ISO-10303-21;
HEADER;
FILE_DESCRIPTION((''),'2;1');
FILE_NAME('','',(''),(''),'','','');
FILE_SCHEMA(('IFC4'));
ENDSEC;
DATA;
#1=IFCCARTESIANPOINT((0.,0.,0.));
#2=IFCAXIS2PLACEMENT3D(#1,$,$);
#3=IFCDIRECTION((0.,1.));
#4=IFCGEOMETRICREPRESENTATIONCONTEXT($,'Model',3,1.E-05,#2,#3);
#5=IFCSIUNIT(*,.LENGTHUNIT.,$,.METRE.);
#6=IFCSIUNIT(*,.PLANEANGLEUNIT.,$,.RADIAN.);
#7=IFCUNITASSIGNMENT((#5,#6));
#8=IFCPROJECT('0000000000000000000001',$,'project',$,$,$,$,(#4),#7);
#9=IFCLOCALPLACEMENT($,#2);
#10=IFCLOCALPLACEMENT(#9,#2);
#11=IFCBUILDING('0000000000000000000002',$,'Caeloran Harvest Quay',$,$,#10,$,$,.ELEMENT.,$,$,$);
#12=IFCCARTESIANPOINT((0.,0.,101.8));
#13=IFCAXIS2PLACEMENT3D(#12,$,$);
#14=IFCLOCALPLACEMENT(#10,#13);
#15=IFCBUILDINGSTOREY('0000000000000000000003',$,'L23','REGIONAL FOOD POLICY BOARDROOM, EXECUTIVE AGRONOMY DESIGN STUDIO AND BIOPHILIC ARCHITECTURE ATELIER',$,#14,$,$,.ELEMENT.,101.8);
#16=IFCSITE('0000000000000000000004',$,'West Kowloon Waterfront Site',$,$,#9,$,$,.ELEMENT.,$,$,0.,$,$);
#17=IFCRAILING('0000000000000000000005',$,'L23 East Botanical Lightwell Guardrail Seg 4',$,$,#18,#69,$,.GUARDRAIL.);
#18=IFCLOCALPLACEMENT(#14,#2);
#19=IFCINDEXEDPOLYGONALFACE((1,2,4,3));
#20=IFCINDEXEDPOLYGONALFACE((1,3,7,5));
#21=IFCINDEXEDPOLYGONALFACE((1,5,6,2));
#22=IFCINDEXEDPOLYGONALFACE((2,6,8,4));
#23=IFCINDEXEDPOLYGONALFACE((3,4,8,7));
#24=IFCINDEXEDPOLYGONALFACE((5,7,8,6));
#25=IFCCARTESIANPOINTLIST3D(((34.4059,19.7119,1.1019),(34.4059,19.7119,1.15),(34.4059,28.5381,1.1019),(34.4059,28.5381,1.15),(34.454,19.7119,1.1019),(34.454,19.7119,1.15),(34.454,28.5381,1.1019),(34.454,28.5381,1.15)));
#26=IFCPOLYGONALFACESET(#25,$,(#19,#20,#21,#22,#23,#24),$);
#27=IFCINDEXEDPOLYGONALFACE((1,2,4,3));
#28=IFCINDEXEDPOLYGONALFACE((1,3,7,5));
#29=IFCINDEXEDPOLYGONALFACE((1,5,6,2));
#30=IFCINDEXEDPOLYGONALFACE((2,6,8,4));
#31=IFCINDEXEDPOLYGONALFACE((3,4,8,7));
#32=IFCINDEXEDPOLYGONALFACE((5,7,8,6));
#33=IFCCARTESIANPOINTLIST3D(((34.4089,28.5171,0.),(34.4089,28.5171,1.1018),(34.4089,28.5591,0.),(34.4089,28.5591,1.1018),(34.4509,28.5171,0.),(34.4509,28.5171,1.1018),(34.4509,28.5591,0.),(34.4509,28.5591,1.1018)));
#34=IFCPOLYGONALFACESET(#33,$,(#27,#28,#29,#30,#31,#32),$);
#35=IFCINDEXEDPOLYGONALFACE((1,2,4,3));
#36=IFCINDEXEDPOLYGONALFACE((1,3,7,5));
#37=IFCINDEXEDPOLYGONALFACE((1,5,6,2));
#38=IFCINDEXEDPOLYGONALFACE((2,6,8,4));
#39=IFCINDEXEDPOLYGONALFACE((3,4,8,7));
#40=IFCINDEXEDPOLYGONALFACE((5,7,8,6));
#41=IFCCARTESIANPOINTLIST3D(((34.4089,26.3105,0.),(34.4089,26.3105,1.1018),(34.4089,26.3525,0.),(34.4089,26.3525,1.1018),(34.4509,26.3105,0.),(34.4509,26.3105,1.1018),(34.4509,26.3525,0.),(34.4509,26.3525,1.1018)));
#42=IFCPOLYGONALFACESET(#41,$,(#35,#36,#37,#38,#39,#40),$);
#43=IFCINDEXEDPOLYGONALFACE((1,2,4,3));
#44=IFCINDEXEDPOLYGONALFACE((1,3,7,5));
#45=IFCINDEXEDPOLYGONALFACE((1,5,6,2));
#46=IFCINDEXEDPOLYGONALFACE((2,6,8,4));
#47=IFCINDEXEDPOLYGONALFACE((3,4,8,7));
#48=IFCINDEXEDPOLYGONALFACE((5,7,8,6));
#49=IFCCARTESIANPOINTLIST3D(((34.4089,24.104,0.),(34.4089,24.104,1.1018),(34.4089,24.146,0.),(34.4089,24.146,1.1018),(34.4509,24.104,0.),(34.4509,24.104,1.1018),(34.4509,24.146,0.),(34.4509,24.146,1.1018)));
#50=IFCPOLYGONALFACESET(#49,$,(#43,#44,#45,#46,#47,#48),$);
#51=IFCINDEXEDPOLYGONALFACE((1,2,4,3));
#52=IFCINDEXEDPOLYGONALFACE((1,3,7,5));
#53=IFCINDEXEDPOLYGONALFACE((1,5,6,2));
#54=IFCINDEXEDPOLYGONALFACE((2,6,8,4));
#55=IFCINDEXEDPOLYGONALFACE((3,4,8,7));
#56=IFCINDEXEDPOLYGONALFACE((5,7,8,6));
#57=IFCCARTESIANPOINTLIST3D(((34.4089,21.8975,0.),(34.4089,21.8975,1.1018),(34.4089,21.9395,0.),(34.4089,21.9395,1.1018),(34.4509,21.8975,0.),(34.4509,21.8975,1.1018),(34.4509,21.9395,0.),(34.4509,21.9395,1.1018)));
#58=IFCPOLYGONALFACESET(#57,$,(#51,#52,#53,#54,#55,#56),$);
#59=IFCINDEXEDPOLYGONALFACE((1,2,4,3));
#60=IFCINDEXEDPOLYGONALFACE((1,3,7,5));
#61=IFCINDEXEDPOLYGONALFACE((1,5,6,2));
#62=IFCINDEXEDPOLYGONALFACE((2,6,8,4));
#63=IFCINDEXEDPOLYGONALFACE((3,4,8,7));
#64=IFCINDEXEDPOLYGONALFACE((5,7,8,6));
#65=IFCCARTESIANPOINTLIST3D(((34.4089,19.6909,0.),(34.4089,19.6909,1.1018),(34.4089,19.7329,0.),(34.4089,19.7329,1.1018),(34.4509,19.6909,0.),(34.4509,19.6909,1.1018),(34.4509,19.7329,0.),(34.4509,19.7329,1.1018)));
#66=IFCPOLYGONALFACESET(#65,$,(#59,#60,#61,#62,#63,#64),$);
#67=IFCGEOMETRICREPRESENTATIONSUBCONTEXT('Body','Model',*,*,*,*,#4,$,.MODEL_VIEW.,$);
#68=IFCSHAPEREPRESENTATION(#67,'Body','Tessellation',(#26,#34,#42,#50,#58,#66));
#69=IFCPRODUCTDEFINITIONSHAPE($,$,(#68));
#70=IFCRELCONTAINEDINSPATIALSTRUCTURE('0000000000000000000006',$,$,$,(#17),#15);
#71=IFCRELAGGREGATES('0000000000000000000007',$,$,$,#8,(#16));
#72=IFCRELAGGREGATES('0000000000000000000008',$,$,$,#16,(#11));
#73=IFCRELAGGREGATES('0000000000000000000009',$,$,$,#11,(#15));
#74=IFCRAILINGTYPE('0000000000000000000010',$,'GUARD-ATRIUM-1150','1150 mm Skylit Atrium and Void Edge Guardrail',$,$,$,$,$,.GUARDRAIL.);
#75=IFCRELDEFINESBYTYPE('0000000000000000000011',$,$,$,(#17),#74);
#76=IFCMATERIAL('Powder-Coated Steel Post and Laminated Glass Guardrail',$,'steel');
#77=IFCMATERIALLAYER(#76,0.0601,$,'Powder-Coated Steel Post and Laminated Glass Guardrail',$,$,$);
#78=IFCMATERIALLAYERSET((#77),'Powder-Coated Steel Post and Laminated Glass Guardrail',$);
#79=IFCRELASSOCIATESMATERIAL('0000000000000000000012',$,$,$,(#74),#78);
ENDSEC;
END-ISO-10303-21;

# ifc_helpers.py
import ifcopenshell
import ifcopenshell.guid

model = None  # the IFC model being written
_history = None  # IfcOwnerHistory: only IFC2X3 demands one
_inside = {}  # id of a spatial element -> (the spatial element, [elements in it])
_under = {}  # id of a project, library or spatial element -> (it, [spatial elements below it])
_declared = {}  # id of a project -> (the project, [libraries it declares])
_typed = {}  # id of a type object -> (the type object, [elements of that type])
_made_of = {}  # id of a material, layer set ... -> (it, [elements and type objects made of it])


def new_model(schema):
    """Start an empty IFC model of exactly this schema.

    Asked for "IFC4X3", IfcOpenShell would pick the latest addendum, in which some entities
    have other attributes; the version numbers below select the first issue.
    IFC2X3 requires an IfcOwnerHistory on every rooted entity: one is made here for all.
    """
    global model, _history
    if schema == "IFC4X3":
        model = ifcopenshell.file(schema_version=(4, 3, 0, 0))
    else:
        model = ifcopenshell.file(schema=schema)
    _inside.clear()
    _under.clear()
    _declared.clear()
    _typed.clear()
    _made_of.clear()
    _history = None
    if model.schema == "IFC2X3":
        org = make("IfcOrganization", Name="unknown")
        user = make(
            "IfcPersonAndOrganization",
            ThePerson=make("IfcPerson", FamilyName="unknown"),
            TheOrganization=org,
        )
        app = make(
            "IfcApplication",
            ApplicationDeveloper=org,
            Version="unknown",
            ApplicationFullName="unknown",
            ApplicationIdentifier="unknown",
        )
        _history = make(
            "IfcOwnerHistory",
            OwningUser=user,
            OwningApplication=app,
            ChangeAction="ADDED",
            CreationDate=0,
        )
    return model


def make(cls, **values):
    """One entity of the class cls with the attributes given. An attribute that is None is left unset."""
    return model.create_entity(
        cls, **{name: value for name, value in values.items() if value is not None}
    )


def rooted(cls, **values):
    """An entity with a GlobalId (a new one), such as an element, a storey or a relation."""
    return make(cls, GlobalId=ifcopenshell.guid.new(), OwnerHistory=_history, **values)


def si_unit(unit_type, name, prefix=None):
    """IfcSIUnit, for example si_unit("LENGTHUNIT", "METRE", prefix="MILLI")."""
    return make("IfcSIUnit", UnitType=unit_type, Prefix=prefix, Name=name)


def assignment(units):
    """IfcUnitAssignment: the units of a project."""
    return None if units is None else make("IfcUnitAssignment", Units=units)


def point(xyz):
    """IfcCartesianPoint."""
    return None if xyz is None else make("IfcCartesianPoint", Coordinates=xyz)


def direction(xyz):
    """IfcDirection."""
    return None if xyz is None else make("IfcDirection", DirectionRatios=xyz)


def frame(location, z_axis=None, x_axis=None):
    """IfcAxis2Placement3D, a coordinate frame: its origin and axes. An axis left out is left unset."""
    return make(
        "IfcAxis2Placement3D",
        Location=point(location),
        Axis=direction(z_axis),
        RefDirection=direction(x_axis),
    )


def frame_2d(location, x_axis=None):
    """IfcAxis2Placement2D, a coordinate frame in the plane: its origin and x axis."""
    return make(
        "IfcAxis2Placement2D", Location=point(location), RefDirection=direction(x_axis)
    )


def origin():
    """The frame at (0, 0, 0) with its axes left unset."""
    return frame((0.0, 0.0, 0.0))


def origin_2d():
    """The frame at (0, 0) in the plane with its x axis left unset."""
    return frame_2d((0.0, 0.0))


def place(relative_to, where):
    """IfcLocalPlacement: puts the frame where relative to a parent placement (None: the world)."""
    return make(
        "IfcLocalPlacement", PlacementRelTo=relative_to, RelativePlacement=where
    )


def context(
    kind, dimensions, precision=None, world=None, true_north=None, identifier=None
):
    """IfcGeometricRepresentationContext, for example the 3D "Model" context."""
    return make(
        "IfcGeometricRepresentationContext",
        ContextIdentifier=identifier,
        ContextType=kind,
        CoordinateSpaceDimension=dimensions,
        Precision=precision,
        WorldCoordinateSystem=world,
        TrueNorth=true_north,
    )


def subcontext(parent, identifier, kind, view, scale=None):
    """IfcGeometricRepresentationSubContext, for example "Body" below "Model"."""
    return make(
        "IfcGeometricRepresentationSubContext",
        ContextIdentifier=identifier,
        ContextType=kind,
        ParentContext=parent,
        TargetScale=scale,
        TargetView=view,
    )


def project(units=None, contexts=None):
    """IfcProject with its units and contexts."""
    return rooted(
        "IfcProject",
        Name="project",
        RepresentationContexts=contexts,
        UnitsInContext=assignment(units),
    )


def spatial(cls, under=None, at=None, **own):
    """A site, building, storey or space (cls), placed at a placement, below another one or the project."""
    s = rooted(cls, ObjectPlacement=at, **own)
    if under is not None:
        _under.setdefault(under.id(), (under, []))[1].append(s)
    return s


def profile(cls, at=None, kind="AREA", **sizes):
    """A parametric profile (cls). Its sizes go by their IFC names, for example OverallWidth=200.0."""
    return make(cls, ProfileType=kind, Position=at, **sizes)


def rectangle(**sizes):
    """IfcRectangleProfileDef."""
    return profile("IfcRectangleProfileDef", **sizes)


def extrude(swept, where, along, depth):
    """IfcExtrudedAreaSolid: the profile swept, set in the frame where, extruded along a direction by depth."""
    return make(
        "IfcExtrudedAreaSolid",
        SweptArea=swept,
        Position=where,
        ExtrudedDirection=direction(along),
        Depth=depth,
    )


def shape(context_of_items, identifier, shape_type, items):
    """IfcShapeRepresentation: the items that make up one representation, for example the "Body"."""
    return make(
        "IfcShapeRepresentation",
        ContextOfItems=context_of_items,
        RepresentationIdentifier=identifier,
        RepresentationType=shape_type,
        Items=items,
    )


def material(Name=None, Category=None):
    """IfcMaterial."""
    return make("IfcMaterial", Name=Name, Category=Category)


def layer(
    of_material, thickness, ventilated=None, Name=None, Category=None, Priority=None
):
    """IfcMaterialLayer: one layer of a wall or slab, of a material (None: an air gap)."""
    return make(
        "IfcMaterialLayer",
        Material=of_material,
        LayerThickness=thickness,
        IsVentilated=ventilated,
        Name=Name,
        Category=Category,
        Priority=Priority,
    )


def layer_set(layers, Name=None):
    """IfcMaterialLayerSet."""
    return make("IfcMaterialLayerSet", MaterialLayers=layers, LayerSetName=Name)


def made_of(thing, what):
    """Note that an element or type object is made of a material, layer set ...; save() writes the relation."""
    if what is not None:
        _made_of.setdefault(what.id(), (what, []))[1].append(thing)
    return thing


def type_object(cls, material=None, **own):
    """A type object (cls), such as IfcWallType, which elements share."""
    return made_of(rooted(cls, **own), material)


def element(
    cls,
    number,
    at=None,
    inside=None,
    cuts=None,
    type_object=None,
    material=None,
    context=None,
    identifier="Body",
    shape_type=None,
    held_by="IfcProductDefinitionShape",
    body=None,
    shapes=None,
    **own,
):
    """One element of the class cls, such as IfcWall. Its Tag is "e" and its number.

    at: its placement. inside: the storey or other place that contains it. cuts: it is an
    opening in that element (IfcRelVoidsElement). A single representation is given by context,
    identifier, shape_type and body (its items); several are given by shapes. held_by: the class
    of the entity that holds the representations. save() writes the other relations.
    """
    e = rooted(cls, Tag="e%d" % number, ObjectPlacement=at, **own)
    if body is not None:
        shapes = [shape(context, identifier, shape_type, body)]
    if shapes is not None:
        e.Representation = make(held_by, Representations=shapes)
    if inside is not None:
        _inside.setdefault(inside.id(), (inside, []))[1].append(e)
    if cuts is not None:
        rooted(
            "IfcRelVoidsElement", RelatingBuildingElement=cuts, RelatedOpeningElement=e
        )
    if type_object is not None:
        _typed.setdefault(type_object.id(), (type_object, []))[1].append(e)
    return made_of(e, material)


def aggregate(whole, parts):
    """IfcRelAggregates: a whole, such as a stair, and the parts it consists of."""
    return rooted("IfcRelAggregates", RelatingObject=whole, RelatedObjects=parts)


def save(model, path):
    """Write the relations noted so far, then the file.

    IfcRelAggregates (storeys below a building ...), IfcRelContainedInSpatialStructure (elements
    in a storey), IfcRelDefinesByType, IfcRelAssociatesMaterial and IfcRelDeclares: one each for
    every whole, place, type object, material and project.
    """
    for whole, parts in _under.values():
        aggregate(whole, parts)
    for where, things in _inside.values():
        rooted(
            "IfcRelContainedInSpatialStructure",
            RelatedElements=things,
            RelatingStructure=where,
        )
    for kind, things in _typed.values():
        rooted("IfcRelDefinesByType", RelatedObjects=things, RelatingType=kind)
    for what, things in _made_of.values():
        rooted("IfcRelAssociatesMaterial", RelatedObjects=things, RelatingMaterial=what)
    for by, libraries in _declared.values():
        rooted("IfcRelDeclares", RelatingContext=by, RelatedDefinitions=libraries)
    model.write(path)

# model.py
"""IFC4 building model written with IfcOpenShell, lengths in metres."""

from ifc_helpers import new_model, si_unit, direction, frame, origin, origin_2d, place, context, subcontext, project, spatial, rectangle, extrude, material, layer, layer_set, type_object, element, save


model = new_model("IFC4")

# Units and contexts
model_context = context("Model", 3, precision=1e-05, world=origin(), true_north=direction((0.0, 1.0)))
body_context = subcontext(model_context, "Body", "Model", "MODEL_VIEW")
ifc_project = project(units=[si_unit("LENGTHUNIT", "METRE"), si_unit("PLANEANGLEUNIT", "RADIAN")], contexts=[model_context])

# Site, building, storey
site_placement = place(None, origin())
site = spatial("IfcSite", under=ifc_project, at=site_placement, Name="West Kowloon Waterfront Site", CompositionType="ELEMENT", RefElevation=0.0)
building_placement = place(site_placement, origin())
building = spatial("IfcBuilding", under=site, at=building_placement, Name="Caeloran Harvest Quay", CompositionType="ELEMENT")
storey_placement = place(building_placement, frame((0.0, 0.0, 101.8)))
storey = spatial("IfcBuildingStorey", under=building, at=storey_placement, Name="L23", Description="REGIONAL FOOD POLICY BOARDROOM, EXECUTIVE AGRONOMY DESIGN STUDIO AND BIOPHILIC ARCHITECTURE ATELIER", CompositionType="ELEMENT", Elevation=101.8)

# Railing
ifc_material_1 = material(Name="Powder-Coated Steel Post and Laminated Glass Guardrail", Category="steel")
ifc_layer_1 = layer(ifc_material_1, 0.0601, Name="Powder-Coated Steel Post and Laminated Glass Guardrail")
ifc_layer_set_1 = layer_set([ifc_layer_1], Name="Powder-Coated Steel Post and Laminated Glass Guardrail")
railing_type = type_object("IfcRailingType", Name="GUARD-ATRIUM-1150", Description="1150 mm Skylit Atrium and Void Edge Guardrail", PredefinedType="GUARDRAIL", material=ifc_layer_set_1)
railing_placement = place(storey_placement, frame((34.4299, 28.5381, 0.0)))
element("IfcRailing", 1, at=railing_placement, inside=storey, type_object=railing_type, Name="L23 East Botanical Lightwell Guardrail Seg 4", PredefinedType="GUARDRAIL", context=body_context, shape_type="SweptSolid", body=[
    extrude(rectangle(XDim=0.0481, YDim=0.0481, at=origin_2d()), frame((0.0, 0.0, 1.126), z_axis=(0.0, -1.0, 0.0), x_axis=(1.0, 0.0, 0.0)), (0.0, 0.0, 1.0), 8.8262),
    extrude(rectangle(XDim=0.042, YDim=0.042, at=origin_2d()), origin(), (0.0, 0.0, 1.0), 1.1018),
    extrude(rectangle(XDim=0.042, YDim=0.042, at=origin_2d()), frame((0.0, -2.2065, 0.0)), (0.0, 0.0, 1.0), 1.1018),
    extrude(rectangle(XDim=0.042, YDim=0.042, at=origin_2d()), frame((0.0, -4.4131, 0.0)), (0.0, 0.0, 1.0), 1.1018),
    extrude(rectangle(XDim=0.042, YDim=0.042, at=origin_2d()), frame((0.0, -6.6196, 0.0)), (0.0, 0.0, 1.0), 1.1018),
    extrude(rectangle(XDim=0.042, YDim=0.042, at=origin_2d()), frame((0.0, -8.8262, 0.0)), (0.0, 0.0, 1.0), 1.1018),
])

save(model, "model.ifc")
